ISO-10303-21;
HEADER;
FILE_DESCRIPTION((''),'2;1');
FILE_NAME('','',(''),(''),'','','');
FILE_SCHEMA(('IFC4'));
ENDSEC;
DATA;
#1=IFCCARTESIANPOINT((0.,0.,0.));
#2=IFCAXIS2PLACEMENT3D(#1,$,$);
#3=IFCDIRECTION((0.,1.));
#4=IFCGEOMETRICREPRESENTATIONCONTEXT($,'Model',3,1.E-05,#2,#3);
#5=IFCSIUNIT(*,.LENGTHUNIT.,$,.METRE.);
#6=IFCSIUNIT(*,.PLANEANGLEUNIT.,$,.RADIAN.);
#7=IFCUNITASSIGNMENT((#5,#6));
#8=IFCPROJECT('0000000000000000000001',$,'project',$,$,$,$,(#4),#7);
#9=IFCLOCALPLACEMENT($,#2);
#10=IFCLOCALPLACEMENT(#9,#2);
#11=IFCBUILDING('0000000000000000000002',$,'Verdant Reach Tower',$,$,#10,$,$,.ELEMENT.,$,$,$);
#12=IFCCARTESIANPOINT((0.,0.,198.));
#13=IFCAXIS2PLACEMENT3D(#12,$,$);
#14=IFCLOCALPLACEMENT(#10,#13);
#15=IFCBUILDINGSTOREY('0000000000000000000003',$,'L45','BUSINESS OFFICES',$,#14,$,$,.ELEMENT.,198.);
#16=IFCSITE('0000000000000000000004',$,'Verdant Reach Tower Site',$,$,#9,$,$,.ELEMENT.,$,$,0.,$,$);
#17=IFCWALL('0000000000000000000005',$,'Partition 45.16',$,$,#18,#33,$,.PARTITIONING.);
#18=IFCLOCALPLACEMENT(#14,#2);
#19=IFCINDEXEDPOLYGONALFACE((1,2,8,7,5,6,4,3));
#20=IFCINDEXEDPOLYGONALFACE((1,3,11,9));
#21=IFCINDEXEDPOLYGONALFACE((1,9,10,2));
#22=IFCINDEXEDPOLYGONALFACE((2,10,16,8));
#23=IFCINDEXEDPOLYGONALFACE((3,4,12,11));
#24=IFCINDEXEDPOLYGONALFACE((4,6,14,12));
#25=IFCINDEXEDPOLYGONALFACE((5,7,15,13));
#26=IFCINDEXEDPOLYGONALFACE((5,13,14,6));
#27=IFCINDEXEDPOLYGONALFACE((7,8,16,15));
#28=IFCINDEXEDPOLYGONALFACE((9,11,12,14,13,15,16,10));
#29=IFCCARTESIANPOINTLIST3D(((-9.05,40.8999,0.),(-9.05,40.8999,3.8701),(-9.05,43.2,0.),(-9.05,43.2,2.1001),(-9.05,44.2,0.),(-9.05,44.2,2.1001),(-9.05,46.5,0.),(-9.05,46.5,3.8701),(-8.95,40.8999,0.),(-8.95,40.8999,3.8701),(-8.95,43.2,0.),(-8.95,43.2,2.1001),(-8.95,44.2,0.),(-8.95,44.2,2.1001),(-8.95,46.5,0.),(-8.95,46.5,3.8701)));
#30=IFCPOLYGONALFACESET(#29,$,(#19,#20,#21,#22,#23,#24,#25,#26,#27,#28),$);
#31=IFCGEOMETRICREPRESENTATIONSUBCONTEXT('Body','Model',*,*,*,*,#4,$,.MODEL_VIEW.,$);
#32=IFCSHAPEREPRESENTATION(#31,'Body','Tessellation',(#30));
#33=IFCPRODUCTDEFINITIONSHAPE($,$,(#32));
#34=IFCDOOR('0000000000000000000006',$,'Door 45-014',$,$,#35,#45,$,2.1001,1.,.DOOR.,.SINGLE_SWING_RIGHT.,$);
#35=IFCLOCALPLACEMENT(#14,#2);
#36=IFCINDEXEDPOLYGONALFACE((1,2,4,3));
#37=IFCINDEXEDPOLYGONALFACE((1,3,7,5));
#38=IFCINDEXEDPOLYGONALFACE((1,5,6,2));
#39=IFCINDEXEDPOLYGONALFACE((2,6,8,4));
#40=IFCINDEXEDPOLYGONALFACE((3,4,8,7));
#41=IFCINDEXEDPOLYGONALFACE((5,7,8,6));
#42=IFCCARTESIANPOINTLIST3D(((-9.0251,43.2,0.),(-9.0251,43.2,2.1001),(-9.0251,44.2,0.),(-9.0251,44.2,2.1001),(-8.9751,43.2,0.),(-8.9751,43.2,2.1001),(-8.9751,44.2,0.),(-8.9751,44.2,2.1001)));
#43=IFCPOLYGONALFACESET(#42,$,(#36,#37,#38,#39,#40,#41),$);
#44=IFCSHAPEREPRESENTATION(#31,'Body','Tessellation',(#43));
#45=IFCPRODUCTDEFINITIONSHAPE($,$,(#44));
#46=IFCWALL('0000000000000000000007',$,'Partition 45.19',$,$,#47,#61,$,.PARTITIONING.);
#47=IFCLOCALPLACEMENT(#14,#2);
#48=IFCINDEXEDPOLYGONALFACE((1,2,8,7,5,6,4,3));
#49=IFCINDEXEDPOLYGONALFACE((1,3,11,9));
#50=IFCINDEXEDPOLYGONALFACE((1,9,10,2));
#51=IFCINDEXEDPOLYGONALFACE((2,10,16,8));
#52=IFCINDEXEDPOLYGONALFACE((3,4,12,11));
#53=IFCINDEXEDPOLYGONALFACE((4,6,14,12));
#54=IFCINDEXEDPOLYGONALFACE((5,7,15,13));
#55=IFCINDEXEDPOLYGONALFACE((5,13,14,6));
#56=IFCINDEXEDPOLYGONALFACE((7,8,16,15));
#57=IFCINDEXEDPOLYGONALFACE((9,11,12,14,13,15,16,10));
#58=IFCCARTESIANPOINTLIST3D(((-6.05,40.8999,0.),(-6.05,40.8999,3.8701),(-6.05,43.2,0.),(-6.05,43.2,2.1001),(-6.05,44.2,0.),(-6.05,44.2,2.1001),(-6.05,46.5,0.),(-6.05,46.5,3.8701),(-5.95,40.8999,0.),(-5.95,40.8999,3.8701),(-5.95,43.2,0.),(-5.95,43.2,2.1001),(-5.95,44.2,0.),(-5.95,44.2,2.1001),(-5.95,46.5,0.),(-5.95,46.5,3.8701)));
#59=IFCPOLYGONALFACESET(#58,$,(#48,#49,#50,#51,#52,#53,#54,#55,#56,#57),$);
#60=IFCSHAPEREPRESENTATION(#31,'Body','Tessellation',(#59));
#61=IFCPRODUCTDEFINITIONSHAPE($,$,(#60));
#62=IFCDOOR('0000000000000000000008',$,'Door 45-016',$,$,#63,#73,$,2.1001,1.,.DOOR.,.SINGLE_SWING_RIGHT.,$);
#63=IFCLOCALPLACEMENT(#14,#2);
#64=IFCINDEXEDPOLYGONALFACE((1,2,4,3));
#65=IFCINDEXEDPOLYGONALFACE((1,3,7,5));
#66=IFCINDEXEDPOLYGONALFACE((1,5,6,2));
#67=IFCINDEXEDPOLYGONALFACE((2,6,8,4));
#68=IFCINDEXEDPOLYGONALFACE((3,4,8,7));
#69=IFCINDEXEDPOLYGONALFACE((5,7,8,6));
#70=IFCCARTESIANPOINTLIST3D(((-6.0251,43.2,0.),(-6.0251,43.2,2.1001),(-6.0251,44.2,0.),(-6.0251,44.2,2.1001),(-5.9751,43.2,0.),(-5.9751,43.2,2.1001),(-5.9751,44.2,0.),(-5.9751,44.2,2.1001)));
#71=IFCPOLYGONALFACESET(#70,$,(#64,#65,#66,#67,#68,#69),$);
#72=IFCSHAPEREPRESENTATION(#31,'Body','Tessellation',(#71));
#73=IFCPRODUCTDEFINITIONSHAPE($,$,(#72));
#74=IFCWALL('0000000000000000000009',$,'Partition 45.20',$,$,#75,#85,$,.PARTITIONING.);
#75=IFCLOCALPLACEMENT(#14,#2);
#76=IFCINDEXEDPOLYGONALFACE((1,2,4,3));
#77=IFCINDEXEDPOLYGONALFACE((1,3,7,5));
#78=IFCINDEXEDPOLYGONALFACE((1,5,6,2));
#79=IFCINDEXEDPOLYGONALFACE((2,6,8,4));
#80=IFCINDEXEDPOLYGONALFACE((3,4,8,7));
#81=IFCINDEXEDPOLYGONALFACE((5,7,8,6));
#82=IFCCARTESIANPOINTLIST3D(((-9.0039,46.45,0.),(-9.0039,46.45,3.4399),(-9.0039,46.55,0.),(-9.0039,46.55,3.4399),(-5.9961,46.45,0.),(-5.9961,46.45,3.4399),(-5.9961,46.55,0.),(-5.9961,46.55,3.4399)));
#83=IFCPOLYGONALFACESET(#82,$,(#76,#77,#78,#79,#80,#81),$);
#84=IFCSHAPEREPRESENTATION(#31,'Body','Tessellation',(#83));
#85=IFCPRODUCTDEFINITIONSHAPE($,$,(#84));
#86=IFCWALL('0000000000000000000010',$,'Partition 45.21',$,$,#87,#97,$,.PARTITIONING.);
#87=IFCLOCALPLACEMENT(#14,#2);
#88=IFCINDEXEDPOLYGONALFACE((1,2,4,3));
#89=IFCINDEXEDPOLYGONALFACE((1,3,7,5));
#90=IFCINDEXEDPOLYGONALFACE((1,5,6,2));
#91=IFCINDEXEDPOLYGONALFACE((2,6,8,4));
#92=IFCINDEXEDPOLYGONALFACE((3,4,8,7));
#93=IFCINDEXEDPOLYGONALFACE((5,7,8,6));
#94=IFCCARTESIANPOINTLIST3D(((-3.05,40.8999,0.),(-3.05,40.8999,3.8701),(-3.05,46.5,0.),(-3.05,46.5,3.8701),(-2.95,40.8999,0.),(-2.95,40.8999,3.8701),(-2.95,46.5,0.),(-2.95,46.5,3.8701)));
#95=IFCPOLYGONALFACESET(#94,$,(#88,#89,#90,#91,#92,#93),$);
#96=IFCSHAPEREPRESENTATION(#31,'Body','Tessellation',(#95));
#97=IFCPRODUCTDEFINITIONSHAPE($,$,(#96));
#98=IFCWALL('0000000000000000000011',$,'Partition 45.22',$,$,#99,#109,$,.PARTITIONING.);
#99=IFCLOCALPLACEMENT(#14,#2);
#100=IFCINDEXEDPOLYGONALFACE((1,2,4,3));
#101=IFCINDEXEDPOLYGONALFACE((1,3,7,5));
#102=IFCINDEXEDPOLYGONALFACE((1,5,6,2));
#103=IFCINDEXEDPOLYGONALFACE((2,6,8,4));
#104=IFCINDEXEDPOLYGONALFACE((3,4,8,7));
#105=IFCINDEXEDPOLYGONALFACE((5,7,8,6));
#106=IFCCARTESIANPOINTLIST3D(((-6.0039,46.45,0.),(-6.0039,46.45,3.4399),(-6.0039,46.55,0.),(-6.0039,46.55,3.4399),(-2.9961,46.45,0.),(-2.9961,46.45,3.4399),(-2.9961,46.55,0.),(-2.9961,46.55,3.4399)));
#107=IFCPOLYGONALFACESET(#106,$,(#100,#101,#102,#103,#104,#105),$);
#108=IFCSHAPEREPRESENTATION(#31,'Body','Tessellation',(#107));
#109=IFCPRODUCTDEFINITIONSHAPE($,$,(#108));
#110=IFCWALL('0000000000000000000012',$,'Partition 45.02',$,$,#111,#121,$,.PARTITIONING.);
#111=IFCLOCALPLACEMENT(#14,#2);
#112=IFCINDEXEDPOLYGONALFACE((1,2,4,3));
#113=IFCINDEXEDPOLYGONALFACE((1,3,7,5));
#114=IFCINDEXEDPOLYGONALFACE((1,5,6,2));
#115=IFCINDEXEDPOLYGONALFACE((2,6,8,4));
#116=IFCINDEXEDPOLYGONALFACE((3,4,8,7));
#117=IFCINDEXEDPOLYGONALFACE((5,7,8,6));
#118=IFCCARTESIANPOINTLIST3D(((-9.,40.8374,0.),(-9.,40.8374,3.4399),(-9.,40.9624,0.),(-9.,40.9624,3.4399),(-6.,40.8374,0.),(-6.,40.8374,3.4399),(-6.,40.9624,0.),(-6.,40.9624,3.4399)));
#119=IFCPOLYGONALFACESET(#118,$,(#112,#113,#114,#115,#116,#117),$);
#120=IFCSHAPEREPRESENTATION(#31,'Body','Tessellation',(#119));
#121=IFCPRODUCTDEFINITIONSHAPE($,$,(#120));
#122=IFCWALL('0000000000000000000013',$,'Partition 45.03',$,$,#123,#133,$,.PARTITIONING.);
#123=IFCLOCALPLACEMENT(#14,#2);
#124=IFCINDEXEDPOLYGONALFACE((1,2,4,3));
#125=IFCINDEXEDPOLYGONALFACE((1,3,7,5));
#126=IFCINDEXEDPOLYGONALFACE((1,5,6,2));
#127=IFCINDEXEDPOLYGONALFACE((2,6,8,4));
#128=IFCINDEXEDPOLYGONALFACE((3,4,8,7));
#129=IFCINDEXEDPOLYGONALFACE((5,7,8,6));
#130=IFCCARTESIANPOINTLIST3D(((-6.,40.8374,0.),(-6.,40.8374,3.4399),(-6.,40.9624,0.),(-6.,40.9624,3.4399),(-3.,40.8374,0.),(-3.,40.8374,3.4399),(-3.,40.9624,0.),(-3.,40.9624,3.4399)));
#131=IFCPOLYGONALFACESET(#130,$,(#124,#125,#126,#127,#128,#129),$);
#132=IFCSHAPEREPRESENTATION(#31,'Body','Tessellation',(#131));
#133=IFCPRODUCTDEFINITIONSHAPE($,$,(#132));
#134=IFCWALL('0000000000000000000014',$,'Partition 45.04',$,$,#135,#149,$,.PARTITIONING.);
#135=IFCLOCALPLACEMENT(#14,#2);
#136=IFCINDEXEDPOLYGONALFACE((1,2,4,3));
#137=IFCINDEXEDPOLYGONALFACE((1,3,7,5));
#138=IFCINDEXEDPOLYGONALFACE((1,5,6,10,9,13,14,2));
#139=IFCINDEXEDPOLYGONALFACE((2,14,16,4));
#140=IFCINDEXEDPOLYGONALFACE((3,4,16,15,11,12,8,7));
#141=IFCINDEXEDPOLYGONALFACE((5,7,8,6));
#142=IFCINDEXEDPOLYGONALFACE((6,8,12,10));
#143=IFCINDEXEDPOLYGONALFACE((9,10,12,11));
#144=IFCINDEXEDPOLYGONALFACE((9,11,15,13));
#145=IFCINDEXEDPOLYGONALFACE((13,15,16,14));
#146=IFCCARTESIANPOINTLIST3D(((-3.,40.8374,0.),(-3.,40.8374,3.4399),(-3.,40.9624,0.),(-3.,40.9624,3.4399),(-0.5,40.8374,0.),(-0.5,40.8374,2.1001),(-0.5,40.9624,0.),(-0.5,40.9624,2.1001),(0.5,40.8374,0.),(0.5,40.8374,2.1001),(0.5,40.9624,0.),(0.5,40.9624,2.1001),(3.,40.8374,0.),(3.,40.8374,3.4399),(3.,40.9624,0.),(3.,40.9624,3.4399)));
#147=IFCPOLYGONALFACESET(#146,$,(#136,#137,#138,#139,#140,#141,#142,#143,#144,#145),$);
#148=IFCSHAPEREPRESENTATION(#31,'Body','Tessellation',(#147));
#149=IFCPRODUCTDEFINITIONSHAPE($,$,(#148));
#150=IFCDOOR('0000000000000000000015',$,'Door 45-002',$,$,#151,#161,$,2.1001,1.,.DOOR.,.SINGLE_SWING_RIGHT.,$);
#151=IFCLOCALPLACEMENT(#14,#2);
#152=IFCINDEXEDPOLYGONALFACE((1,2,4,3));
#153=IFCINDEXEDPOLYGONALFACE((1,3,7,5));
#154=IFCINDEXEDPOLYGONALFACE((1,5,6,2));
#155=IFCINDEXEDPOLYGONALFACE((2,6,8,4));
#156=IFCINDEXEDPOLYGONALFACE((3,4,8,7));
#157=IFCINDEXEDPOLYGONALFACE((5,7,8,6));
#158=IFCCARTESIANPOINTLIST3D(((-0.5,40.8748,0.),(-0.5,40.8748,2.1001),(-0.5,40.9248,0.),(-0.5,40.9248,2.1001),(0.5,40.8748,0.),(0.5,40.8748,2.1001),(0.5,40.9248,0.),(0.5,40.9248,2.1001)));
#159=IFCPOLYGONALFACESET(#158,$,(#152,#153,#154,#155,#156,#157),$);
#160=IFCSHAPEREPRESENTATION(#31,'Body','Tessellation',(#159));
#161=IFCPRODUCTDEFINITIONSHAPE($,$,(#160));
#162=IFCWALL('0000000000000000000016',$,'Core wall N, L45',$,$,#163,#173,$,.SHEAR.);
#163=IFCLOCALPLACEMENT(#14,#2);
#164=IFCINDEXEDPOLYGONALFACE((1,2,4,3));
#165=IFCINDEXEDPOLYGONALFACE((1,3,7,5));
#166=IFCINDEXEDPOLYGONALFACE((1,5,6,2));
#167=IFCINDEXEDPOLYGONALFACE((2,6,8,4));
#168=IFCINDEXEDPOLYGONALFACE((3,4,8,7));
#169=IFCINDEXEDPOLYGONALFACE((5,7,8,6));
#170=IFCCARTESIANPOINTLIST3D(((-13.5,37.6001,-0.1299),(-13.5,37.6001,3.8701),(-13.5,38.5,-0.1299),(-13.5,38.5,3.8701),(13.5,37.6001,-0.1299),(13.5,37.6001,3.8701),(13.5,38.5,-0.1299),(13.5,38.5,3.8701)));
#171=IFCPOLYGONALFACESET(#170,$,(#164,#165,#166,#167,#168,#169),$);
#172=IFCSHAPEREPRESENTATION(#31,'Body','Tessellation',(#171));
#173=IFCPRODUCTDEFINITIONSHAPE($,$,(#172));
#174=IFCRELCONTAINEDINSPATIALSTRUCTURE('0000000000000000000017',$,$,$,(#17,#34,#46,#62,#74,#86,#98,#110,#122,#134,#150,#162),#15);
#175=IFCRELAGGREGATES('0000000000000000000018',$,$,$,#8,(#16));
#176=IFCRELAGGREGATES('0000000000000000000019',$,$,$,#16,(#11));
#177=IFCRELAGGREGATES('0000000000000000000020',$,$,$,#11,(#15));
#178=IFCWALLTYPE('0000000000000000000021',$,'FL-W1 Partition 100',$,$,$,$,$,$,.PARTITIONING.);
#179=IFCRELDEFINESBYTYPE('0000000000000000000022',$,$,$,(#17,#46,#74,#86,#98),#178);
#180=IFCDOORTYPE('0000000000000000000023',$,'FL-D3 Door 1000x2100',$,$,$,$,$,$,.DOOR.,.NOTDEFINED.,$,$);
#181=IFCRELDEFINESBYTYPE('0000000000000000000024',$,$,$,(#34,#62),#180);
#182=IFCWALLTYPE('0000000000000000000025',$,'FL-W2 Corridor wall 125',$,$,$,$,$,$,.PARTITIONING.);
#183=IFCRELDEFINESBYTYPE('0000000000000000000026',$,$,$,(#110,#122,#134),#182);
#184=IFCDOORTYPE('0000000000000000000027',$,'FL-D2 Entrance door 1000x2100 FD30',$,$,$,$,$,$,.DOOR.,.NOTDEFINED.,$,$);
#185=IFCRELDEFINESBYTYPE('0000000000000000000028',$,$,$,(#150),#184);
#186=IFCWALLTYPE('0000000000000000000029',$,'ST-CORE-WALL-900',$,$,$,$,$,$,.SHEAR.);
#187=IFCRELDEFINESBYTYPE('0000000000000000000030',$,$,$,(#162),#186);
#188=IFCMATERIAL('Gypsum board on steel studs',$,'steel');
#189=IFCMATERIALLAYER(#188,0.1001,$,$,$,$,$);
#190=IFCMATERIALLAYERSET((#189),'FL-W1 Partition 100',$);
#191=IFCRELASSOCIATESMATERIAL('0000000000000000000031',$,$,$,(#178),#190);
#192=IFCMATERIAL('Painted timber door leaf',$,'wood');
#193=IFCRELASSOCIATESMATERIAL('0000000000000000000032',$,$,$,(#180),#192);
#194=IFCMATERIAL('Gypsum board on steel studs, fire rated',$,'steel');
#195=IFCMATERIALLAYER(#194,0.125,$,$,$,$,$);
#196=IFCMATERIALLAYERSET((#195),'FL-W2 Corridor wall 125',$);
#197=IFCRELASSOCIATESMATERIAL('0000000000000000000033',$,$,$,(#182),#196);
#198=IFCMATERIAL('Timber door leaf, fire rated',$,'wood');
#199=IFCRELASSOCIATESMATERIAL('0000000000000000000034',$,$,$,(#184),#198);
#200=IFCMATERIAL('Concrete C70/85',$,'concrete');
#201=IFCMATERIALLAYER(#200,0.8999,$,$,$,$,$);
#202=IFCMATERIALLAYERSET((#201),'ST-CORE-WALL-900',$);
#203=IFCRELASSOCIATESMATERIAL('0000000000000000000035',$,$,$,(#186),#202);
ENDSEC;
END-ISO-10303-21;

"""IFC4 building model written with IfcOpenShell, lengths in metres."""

from ifc_helpers import new_model, si_unit, direction, frame, frame_2d, origin, place, context, subcontext, project, spatial, rectangle, extrude, material, layer, layer_set, type_object, element, fill, save


model = new_model("IFC4")

# Units and contexts
model_context = context("Model", 3, precision=1e-05, world=origin(), true_north=direction((0.0, 1.0)))
body_context = subcontext(model_context, "Body", "Model", "MODEL_VIEW")
ifc_project = project(units=[si_unit("LENGTHUNIT", "METRE"), si_unit("PLANEANGLEUNIT", "RADIAN")], contexts=[model_context])

# Site, building, storey
site_placement = place(None, origin())
site = spatial("IfcSite", under=ifc_project, at=site_placement, Name="Verdant Reach Tower Site", CompositionType="ELEMENT", RefElevation=0.0)
building_placement = place(site_placement, origin())
building = spatial("IfcBuilding", under=site, at=building_placement, Name="Verdant Reach Tower", CompositionType="ELEMENT")
storey_placement = place(building_placement, frame((0.0, 0.0, 198.0)))
storey = spatial("IfcBuildingStorey", under=building, at=storey_placement, Name="L45", Description="BUSINESS OFFICES", CompositionType="ELEMENT", Elevation=198.0)

# Walls, openings, doors
ifc_material_1 = material(Name="Gypsum board on steel studs", Category="steel")
ifc_layer_1 = layer(ifc_material_1, 0.1001)
ifc_layer_set_1 = layer_set([ifc_layer_1], Name="FL-W1 Partition 100")
wall_type_1 = type_object("IfcWallType", Name="FL-W1 Partition 100", PredefinedType="PARTITIONING", material=ifc_layer_set_1)
wall_1_placement = place(storey_placement, frame((-9.0, 46.5, 0.0), z_axis=(0.0, 0.0, 1.0), x_axis=(0.0, -1.0, 0.0)))
wall_1 = element("IfcWall", 1, at=wall_1_placement, inside=storey, type_object=wall_type_1, Name="Partition 45.16", PredefinedType="PARTITIONING", context=body_context, shape_type="SweptSolid", body=[
    extrude(rectangle(XDim=5.6001, YDim=0.1001, at=frame_2d((2.8, 0.0))), origin(), (0.0, 0.0, 1.0), 3.8701),
])
opening_1_placement = place(wall_1_placement, frame((2.3, 0.0, 0.0)))
opening_1 = element("IfcOpeningElement", 2, at=opening_1_placement, cuts=wall_1, PredefinedType="OPENING", context=body_context, shape_type="SweptSolid", body=[
    extrude(rectangle(XDim=1.0, YDim=2.1001, at=frame_2d((0.5, 1.05))), frame((0.0, 0.0601, 0.0), z_axis=(0.0, -1.0, 0.0), x_axis=(1.0, 0.0, 0.0)), (0.0, 0.0, 1.0), 0.1201),
])
ifc_material_2 = material(Name="Painted timber door leaf", Category="wood")
door_type_1 = type_object("IfcDoorType", Name="FL-D3 Door 1000x2100", OperationType="NOTDEFINED", PredefinedType="DOOR", material=ifc_material_2)
door_1_placement = place(opening_1_placement, origin())
door_1 = element("IfcDoor", 3, at=door_1_placement, inside=storey, type_object=door_type_1, Name="Door 45-014", OperationType="SINGLE_SWING_RIGHT", OverallHeight=2.1001, OverallWidth=1.0, PredefinedType="DOOR", context=body_context, shape_type="SweptSolid", body=[
    extrude(rectangle(XDim=1.0, YDim=2.1001, at=frame_2d((0.5, 1.05))), frame((0.0, 0.0249, 0.0), z_axis=(0.0, -1.0, 0.0), x_axis=(1.0, 0.0, 0.0)), (0.0, 0.0, 1.0), 0.05),
])
fill(opening_1, door_1)
wall_2_placement = place(storey_placement, frame((-6.0, 46.5, 0.0), z_axis=(0.0, 0.0, 1.0), x_axis=(0.0, -1.0, 0.0)))
wall_2 = element("IfcWall", 4, at=wall_2_placement, inside=storey, type_object=wall_type_1, Name="Partition 45.19", PredefinedType="PARTITIONING", context=body_context, shape_type="SweptSolid", body=[
    extrude(rectangle(XDim=5.6001, YDim=0.1001, at=frame_2d((2.8, 0.0))), origin(), (0.0, 0.0, 1.0), 3.8701),
])
opening_2_placement = place(wall_2_placement, frame((2.3, 0.0, 0.0)))
opening_2 = element("IfcOpeningElement", 5, at=opening_2_placement, cuts=wall_2, PredefinedType="OPENING", context=body_context, shape_type="SweptSolid", body=[
    extrude(rectangle(XDim=1.0, YDim=2.1001, at=frame_2d((0.5, 1.05))), frame((0.0, 0.0601, 0.0), z_axis=(0.0, -1.0, 0.0), x_axis=(1.0, 0.0, 0.0)), (0.0, 0.0, 1.0), 0.1201),
])
door_2_placement = place(opening_2_placement, origin())
door_2 = element("IfcDoor", 6, at=door_2_placement, inside=storey, type_object=door_type_1, Name="Door 45-016", OperationType="SINGLE_SWING_RIGHT", OverallHeight=2.1001, OverallWidth=1.0, PredefinedType="DOOR", context=body_context, shape_type="SweptSolid", body=[
    extrude(rectangle(XDim=1.0, YDim=2.1001, at=frame_2d((0.5, 1.05))), frame((0.0, 0.0249, 0.0), z_axis=(0.0, -1.0, 0.0), x_axis=(1.0, 0.0, 0.0)), (0.0, 0.0, 1.0), 0.05),
])
fill(opening_2, door_2)

# Walls
wall_3_placement = place(storey_placement, frame((-5.9961, 46.5, 0.0), z_axis=(0.0, 0.0, 1.0), x_axis=(-1.0, 0.0, 0.0)))
element("IfcWall", 7, at=wall_3_placement, inside=storey, type_object=wall_type_1, Name="Partition 45.20", PredefinedType="PARTITIONING", context=body_context, shape_type="SweptSolid", body=[
    extrude(rectangle(XDim=3.0078, YDim=0.1001, at=frame_2d((1.5039, 0.0))), origin(), (0.0, 0.0, 1.0), 3.4399),
])
wall_4_placement = place(storey_placement, frame((-3.0, 40.8999, 0.0), z_axis=(0.0, 0.0, 1.0), x_axis=(0.0, 1.0, 0.0)))
element("IfcWall", 8, at=wall_4_placement, inside=storey, type_object=wall_type_1, Name="Partition 45.21", PredefinedType="PARTITIONING", context=body_context, shape_type="SweptSolid", body=[
    extrude(rectangle(XDim=5.6001, YDim=0.1001, at=frame_2d((2.8, 0.0))), origin(), (0.0, 0.0, 1.0), 3.8701),
])
wall_5_placement = place(storey_placement, frame((-2.9961, 46.5, 0.0), z_axis=(0.0, 0.0, 1.0), x_axis=(-1.0, 0.0, 0.0)))
element("IfcWall", 9, at=wall_5_placement, inside=storey, type_object=wall_type_1, Name="Partition 45.22", PredefinedType="PARTITIONING", context=body_context, shape_type="SweptSolid", body=[
    extrude(rectangle(XDim=3.0078, YDim=0.1001, at=frame_2d((1.5039, 0.0))), origin(), (0.0, 0.0, 1.0), 3.4399),
])
ifc_material_3 = material(Name="Gypsum board on steel studs, fire rated", Category="steel")
ifc_layer_2 = layer(ifc_material_3, 0.125)
ifc_layer_set_2 = layer_set([ifc_layer_2], Name="FL-W2 Corridor wall 125")
wall_type_2 = type_object("IfcWallType", Name="FL-W2 Corridor wall 125", PredefinedType="PARTITIONING", material=ifc_layer_set_2)
for number, where, z_axis, x_axis, name in (
    (10, (-6.0, 40.8999, 0.0), (0.0, 0.0, 1.0), (-1.0, 0.0, 0.0), "Partition 45.02"),
    (11, (-3.0, 40.8999, 0.0), (0.0, 0.0, 1.0), (-1.0, 0.0, 0.0), "Partition 45.03"),
):
    element("IfcWall", number, at=place(storey_placement, frame(where, z_axis=z_axis, x_axis=x_axis)), inside=storey, type_object=wall_type_2, Name=name, PredefinedType="PARTITIONING", context=body_context, shape_type="SweptSolid", body=[
        extrude(rectangle(XDim=3.0, YDim=0.125, at=frame_2d((1.5, 0.0))), origin(), (0.0, 0.0, 1.0), 3.4399),
    ])

# Wall, opening, door
wall_6_placement = place(storey_placement, frame((-3.0, 40.8999, 0.0), z_axis=(0.0, 0.0, 1.0), x_axis=(1.0, 0.0, 0.0)))
wall_6 = element("IfcWall", 12, at=wall_6_placement, inside=storey, type_object=wall_type_2, Name="Partition 45.04", PredefinedType="PARTITIONING", context=body_context, shape_type="SweptSolid", body=[
    extrude(rectangle(XDim=6.0, YDim=0.125, at=frame_2d((3.0, 0.0))), origin(), (0.0, 0.0, 1.0), 3.4399),
])
opening_3_placement = place(wall_6_placement, frame((2.5, 0.0, 0.0)))
opening_3 = element("IfcOpeningElement", 13, at=opening_3_placement, cuts=wall_6, PredefinedType="OPENING", context=body_context, shape_type="SweptSolid", body=[
    extrude(rectangle(XDim=1.0, YDim=2.1001, at=frame_2d((0.5, 1.05))), frame((0.0, 0.0725, 0.0), z_axis=(0.0, -1.0, 0.0), x_axis=(1.0, 0.0, 0.0)), (0.0, 0.0, 1.0), 0.145),
])
ifc_material_4 = material(Name="Timber door leaf, fire rated", Category="wood")
door_type_2 = type_object("IfcDoorType", Name="FL-D2 Entrance door 1000x2100 FD30", OperationType="NOTDEFINED", PredefinedType="DOOR", material=ifc_material_4)
door_3_placement = place(opening_3_placement, origin())
door_3 = element("IfcDoor", 14, at=door_3_placement, inside=storey, type_object=door_type_2, Name="Door 45-002", OperationType="SINGLE_SWING_RIGHT", OverallHeight=2.1001, OverallWidth=1.0, PredefinedType="DOOR", context=body_context, shape_type="SweptSolid", body=[
    extrude(rectangle(XDim=1.0, YDim=2.1001, at=frame_2d((0.5, 1.05))), frame((0.0, 0.0249, 0.0), z_axis=(0.0, -1.0, 0.0), x_axis=(1.0, 0.0, 0.0)), (0.0, 0.0, 1.0), 0.05),
])
fill(opening_3, door_3)

# Wall
ifc_material_5 = material(Name="Concrete C70/85", Category="concrete")
ifc_layer_3 = layer(ifc_material_5, 0.8999)
ifc_layer_set_3 = layer_set([ifc_layer_3], Name="ST-CORE-WALL-900")
wall_type_3 = type_object("IfcWallType", Name="ST-CORE-WALL-900", PredefinedType="SHEAR", material=ifc_layer_set_3)
wall_7_placement = place(storey_placement, frame((-13.5, 38.05, -0.1299), z_axis=(0.0, 0.0, 1.0), x_axis=(1.0, 0.0, 0.0)))
element("IfcWall", 15, at=wall_7_placement, inside=storey, type_object=wall_type_3, Name="Core wall N, L45", PredefinedType="SHEAR", context=body_context, shape_type="SweptSolid", body=[
    extrude(rectangle(XDim=27.0, YDim=0.8999, at=frame_2d((13.5, 0.0))), origin(), (0.0, 0.0, 1.0), 4.0),
])

save(model, "model.ifc")
